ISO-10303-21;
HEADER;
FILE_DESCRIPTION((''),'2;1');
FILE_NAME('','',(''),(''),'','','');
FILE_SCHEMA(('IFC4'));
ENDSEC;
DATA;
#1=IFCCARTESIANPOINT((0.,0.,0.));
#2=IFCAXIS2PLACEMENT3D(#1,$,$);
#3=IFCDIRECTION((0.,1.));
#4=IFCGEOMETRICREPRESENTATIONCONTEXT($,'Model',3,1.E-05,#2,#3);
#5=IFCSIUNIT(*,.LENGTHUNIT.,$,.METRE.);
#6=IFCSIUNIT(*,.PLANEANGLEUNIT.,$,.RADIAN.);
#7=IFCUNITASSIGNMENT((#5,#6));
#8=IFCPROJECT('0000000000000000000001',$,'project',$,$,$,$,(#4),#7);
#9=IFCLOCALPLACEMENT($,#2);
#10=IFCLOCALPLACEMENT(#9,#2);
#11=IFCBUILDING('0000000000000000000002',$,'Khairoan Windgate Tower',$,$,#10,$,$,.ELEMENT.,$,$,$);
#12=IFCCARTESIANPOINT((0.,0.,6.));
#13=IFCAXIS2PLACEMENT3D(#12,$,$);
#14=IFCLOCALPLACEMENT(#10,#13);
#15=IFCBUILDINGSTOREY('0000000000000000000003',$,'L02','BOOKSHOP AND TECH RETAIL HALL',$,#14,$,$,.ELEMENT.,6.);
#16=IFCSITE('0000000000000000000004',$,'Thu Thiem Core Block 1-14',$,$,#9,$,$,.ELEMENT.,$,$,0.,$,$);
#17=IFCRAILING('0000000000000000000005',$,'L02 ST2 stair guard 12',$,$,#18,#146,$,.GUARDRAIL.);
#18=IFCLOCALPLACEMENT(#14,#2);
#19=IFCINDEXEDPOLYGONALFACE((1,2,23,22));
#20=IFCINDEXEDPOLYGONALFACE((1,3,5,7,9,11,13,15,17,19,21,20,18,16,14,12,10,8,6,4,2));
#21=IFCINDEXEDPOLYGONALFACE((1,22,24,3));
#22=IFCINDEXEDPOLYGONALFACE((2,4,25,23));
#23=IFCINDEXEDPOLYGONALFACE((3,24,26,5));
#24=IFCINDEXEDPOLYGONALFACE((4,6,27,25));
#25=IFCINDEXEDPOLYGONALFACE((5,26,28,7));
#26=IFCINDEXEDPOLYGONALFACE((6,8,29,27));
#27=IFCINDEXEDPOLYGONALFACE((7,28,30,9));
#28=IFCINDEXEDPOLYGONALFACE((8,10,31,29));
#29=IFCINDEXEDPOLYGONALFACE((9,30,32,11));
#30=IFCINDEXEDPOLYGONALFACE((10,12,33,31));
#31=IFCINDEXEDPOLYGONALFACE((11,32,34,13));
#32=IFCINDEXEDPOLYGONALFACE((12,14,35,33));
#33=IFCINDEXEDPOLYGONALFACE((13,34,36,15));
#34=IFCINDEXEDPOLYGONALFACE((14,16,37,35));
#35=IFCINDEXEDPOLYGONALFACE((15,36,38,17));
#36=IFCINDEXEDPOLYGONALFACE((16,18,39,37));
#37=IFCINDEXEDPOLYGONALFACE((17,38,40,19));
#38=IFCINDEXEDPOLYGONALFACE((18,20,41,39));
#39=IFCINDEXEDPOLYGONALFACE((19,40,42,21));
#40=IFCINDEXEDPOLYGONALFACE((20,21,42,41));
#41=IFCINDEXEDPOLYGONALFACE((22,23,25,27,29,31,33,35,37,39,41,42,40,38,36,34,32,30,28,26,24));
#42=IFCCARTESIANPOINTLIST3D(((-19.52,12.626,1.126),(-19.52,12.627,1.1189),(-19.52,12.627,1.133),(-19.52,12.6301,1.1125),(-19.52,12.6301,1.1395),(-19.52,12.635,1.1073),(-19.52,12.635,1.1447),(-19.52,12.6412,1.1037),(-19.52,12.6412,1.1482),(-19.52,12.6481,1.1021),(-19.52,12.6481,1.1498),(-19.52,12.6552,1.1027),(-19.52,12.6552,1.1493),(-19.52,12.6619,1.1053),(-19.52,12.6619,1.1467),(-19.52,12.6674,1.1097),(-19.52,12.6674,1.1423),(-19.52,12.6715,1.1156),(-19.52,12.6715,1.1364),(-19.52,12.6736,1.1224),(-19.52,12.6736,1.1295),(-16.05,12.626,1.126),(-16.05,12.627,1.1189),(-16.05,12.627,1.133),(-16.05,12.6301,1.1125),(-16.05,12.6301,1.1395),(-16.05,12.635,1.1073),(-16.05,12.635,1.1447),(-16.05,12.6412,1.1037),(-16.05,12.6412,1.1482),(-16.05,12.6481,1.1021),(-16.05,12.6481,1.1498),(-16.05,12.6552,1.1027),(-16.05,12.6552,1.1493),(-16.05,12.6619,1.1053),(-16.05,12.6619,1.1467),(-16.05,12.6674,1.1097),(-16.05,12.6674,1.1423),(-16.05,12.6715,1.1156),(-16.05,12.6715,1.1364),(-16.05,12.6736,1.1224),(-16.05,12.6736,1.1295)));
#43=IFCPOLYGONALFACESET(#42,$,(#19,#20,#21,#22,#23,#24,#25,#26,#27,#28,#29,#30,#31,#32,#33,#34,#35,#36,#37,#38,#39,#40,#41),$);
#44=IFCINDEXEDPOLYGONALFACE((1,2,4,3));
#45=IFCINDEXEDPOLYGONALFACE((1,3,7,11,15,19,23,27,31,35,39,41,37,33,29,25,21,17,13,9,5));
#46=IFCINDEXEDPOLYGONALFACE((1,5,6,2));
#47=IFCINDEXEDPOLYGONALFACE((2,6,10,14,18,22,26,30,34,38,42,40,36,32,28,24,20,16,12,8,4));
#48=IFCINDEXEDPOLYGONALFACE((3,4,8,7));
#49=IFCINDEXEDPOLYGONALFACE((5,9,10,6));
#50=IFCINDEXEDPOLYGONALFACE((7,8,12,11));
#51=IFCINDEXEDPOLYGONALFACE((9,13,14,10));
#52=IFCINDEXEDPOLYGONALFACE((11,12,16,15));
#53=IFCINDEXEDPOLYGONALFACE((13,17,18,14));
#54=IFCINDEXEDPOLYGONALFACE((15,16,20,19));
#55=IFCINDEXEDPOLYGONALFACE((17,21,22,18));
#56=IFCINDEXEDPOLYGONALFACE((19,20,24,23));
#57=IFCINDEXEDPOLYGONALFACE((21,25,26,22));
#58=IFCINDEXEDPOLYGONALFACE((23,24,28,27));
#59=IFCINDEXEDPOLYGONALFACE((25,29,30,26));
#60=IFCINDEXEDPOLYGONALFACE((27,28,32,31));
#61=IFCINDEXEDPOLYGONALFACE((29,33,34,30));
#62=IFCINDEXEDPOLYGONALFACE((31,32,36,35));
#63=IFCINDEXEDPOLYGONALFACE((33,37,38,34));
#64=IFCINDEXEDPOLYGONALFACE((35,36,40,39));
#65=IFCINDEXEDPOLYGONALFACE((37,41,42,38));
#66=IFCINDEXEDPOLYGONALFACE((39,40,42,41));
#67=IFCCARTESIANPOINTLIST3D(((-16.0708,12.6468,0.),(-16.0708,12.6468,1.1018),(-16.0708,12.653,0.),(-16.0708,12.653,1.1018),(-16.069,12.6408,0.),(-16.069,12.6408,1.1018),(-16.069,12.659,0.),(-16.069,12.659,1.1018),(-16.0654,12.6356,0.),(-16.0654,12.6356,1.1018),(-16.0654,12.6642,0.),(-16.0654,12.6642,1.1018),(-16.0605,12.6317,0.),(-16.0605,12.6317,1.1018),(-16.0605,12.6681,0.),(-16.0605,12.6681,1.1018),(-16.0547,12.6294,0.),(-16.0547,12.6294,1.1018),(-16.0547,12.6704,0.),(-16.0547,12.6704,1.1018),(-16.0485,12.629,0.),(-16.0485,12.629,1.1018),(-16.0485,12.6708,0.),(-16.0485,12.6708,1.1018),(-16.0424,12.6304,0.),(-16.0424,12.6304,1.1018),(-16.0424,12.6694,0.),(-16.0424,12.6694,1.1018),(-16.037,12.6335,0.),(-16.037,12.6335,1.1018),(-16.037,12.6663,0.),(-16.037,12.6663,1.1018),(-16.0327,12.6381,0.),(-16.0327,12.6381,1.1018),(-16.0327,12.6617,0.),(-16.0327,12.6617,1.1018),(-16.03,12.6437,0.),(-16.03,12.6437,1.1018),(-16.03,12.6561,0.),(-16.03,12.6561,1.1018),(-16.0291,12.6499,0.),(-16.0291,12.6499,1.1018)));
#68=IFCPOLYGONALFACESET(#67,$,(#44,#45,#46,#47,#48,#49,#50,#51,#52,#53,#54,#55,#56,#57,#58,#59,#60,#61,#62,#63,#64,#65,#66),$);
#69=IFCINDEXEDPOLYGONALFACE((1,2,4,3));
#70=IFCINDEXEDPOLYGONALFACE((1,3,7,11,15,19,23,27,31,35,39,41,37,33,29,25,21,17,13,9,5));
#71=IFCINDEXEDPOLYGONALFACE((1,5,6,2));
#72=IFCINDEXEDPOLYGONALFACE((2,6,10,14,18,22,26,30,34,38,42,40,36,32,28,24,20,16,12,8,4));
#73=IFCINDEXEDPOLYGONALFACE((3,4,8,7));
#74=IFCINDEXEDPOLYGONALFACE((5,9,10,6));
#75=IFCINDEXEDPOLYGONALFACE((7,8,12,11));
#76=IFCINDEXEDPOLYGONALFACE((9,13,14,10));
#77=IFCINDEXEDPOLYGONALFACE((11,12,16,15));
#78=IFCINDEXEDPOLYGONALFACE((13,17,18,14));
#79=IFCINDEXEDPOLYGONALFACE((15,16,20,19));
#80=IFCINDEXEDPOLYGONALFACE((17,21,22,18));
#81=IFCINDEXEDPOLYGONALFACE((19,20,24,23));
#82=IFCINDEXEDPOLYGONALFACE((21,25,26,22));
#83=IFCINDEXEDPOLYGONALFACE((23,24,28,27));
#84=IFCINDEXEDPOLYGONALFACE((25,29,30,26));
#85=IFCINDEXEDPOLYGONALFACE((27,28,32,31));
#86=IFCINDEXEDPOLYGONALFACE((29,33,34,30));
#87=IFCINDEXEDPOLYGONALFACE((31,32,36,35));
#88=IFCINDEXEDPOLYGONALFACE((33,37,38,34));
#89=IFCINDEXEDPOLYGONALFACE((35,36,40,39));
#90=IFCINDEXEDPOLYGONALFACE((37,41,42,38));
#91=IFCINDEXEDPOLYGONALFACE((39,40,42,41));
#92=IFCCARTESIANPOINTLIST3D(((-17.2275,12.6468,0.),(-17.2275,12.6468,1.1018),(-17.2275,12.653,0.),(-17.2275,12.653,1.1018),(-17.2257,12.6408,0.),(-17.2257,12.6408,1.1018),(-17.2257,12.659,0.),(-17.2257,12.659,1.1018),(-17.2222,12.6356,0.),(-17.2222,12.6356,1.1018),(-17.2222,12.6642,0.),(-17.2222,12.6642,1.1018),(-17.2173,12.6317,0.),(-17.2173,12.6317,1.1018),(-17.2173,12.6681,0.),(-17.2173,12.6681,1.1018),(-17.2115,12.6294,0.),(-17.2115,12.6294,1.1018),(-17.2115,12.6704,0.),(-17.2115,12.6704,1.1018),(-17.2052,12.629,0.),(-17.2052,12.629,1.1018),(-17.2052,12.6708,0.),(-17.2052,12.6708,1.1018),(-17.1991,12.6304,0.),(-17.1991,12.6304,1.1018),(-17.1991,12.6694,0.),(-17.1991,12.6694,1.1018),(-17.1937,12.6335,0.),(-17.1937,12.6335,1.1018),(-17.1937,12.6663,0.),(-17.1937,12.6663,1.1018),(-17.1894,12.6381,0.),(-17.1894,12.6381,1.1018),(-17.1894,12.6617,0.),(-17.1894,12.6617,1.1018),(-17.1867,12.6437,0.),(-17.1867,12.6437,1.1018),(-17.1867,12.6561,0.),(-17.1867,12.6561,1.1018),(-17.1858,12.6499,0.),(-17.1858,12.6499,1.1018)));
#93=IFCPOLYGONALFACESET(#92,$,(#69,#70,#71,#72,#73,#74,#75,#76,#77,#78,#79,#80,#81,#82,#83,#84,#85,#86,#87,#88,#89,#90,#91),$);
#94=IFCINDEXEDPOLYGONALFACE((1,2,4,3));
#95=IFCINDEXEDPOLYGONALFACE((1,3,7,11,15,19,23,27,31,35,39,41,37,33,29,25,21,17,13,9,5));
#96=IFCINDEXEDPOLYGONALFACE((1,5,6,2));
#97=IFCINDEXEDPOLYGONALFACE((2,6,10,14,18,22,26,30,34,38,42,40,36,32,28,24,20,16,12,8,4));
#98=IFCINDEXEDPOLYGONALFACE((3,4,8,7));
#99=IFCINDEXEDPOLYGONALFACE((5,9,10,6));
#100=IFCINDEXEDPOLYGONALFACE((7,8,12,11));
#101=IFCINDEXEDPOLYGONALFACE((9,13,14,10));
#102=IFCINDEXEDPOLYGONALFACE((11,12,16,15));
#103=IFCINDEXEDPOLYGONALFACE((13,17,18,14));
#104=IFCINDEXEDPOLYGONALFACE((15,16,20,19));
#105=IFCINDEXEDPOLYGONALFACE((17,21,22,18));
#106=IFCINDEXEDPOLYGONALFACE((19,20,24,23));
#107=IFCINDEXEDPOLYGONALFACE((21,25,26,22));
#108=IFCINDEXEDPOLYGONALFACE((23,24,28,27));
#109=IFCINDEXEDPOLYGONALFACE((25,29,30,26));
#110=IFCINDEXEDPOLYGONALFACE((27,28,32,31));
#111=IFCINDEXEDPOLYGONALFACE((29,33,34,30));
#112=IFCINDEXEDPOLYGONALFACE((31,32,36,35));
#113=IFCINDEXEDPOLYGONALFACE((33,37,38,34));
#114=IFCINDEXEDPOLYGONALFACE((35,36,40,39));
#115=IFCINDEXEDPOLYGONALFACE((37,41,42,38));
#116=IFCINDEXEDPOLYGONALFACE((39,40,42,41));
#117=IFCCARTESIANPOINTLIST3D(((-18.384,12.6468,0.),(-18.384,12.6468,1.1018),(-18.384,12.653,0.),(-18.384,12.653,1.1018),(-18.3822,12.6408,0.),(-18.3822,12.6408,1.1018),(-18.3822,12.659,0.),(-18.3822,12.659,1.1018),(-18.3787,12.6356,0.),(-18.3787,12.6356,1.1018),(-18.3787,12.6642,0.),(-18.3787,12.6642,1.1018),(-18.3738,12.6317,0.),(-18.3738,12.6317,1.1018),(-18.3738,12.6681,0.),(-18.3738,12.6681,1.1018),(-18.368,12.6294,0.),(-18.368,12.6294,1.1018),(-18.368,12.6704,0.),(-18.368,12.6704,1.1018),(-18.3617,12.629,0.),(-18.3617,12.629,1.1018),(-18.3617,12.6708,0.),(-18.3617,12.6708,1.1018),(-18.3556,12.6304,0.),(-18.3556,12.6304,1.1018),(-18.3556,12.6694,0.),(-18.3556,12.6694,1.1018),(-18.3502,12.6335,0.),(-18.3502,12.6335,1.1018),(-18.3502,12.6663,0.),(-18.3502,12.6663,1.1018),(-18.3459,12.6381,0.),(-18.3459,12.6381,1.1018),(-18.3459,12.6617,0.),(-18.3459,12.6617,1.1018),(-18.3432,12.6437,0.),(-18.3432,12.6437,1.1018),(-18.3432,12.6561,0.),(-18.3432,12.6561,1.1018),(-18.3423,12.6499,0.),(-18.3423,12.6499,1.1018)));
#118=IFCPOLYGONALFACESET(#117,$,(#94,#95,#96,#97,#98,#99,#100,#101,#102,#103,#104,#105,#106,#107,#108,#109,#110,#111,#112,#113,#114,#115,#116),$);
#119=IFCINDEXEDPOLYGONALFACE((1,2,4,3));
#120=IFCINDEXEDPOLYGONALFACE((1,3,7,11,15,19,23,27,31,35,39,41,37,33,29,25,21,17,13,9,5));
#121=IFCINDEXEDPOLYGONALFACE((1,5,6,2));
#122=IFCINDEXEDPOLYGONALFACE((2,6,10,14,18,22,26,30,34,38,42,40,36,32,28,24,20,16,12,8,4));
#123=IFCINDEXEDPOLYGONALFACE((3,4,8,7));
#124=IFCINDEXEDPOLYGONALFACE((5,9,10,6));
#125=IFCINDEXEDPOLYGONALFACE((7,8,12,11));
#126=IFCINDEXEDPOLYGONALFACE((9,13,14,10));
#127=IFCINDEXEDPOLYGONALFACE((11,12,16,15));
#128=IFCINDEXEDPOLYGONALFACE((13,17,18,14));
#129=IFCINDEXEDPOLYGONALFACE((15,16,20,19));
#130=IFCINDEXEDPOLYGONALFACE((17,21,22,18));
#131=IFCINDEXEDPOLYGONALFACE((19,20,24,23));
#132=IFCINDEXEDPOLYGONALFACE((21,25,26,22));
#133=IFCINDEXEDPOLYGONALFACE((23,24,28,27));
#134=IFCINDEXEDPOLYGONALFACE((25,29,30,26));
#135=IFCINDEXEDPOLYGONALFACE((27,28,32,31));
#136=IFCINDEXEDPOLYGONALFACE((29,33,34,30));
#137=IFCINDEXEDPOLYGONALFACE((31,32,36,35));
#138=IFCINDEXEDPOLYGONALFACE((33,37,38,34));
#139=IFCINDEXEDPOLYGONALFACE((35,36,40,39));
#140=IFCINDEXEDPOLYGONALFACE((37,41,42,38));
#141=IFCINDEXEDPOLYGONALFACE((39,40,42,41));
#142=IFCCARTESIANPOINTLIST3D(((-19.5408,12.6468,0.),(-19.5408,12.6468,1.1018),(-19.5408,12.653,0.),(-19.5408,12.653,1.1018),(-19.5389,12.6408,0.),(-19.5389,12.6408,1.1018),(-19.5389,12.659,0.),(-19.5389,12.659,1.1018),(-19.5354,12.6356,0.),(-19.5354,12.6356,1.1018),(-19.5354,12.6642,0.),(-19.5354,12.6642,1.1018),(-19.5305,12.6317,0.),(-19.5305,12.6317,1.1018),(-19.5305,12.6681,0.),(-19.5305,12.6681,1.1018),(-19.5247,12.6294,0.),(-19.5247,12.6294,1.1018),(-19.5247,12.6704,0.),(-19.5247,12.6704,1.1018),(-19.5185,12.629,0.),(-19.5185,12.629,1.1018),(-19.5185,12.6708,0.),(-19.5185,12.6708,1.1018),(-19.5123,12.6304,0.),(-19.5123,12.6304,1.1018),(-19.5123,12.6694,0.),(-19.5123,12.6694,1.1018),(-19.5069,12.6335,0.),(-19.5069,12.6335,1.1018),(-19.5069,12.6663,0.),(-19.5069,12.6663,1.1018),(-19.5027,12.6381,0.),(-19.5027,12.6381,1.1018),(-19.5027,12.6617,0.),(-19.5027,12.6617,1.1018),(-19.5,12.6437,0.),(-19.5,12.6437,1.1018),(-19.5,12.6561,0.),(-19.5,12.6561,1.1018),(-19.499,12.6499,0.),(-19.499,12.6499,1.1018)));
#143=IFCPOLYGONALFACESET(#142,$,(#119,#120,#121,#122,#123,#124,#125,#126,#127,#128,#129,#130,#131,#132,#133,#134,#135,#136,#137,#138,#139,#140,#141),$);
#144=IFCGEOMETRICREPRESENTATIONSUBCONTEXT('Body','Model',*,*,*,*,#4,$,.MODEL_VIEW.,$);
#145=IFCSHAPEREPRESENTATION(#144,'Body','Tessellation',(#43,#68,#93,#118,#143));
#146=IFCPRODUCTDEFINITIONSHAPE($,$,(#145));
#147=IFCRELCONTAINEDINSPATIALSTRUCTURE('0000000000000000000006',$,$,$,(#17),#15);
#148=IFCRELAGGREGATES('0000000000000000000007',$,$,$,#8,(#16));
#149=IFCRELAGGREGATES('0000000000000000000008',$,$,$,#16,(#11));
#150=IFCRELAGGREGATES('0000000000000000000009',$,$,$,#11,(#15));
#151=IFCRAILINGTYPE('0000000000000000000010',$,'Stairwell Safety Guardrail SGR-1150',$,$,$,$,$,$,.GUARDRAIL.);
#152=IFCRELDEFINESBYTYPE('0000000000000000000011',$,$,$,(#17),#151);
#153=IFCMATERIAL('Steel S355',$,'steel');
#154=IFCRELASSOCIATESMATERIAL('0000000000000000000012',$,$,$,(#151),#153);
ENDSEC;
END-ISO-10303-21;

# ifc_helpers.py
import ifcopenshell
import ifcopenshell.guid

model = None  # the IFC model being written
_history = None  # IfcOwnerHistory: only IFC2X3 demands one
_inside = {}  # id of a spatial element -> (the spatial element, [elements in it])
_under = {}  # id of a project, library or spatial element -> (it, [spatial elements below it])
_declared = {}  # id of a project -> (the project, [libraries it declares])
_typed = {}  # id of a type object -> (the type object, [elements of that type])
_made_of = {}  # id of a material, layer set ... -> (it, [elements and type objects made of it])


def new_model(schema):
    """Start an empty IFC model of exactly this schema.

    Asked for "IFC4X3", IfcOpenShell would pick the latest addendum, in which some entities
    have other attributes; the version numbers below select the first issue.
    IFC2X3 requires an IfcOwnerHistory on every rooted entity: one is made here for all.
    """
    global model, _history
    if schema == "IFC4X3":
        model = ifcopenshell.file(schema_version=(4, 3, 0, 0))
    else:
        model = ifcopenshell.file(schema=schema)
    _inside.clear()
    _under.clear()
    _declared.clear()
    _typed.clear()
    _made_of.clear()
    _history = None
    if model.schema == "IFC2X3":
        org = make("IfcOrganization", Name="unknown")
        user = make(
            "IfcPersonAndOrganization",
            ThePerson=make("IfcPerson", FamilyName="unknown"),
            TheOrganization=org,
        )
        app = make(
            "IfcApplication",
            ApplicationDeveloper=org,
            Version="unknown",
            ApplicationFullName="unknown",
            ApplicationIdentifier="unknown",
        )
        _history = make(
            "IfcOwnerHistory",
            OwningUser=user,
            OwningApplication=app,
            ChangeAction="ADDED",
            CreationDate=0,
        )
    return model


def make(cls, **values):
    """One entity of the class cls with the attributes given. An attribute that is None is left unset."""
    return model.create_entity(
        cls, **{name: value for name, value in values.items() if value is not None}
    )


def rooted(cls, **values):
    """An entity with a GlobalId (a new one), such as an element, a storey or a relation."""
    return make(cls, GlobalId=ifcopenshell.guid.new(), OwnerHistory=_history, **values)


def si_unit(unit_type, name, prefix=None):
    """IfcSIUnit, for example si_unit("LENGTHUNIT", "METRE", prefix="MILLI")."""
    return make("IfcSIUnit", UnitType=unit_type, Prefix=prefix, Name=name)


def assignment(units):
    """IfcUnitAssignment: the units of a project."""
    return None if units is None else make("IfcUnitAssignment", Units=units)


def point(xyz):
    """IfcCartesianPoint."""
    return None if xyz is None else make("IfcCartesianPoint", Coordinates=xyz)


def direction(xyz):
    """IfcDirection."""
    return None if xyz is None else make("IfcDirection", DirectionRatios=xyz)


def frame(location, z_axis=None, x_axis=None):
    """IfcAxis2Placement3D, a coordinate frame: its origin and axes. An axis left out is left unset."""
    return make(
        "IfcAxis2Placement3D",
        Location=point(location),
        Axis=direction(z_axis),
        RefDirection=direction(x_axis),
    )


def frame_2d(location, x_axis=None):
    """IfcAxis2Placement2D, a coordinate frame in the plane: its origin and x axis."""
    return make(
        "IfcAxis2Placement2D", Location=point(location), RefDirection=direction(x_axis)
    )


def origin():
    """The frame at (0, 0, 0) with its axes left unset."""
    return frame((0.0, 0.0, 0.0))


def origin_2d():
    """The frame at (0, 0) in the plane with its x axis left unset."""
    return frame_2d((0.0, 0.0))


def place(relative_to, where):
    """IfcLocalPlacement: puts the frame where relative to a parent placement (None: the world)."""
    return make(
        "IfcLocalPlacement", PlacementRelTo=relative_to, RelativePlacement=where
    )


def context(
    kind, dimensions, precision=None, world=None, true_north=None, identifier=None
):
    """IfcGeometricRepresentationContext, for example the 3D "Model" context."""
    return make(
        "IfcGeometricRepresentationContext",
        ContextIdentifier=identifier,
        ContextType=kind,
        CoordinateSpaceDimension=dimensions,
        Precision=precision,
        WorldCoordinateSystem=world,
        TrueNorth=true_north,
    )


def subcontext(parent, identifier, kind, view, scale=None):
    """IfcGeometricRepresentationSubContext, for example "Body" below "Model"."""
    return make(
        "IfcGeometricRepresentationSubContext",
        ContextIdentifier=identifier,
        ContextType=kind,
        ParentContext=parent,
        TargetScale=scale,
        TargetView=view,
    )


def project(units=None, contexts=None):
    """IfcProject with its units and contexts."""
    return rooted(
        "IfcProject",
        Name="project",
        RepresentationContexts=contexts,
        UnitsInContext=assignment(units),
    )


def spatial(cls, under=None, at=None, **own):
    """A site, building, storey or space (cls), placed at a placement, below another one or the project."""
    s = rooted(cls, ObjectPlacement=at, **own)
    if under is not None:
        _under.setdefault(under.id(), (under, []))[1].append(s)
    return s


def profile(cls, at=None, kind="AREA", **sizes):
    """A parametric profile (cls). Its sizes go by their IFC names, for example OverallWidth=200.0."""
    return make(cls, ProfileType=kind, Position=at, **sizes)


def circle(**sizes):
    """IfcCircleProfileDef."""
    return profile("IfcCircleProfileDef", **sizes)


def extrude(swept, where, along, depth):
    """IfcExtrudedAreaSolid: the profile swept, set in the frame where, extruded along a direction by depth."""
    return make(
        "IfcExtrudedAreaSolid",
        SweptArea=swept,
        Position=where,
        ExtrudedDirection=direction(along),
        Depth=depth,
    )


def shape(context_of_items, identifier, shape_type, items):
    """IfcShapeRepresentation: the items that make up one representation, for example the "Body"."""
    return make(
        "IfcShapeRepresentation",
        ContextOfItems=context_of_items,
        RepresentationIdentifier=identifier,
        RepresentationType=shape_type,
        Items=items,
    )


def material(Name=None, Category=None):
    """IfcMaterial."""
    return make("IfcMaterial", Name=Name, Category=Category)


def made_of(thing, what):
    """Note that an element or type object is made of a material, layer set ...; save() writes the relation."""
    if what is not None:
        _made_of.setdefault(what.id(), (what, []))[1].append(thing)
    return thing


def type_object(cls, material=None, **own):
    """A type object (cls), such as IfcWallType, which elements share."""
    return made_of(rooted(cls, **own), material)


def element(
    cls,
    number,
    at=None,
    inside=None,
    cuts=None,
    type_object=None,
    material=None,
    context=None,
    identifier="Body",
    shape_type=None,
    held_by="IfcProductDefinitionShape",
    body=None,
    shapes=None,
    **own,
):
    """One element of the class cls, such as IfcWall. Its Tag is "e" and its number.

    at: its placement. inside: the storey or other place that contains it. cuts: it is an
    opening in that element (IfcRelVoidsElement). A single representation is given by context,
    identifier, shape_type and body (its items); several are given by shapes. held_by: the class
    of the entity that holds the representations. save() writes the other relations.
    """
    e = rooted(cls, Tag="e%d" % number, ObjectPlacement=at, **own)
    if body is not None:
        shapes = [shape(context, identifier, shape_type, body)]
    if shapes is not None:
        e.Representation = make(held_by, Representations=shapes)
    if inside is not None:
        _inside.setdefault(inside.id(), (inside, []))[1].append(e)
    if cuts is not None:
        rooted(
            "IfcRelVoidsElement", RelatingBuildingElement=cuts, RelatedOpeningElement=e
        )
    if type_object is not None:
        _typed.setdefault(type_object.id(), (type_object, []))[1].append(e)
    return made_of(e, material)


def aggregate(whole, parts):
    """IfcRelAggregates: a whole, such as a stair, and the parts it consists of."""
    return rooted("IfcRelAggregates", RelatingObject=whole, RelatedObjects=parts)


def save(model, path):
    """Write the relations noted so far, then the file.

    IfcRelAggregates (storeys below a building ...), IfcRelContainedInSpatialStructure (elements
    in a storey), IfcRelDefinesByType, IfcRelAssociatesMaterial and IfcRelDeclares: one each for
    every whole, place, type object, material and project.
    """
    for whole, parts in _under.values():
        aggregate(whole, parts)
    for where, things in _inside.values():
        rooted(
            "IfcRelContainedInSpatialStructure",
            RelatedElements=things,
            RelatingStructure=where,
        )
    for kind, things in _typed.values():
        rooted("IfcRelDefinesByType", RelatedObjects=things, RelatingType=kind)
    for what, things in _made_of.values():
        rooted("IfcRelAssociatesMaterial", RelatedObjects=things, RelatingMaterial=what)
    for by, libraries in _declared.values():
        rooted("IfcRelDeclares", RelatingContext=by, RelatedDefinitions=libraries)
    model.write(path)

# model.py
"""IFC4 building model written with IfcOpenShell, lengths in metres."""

from ifc_helpers import new_model, si_unit, direction, frame, origin, origin_2d, place, context, subcontext, project, spatial, circle, extrude, material, type_object, element, save


model = new_model("IFC4")

# Units and contexts
model_context = context("Model", 3, precision=1e-05, world=origin(), true_north=direction((0.0, 1.0)))
body_context = subcontext(model_context, "Body", "Model", "MODEL_VIEW")
ifc_project = project(units=[si_unit("LENGTHUNIT", "METRE"), si_unit("PLANEANGLEUNIT", "RADIAN")], contexts=[model_context])

# Site, building, storey
site_placement = place(None, origin())
site = spatial("IfcSite", under=ifc_project, at=site_placement, Name="Thu Thiem Core Block 1-14", CompositionType="ELEMENT", RefElevation=0.0)
building_placement = place(site_placement, origin())
building = spatial("IfcBuilding", under=site, at=building_placement, Name="Khairoan Windgate Tower", CompositionType="ELEMENT")
storey_placement = place(building_placement, frame((0.0, 0.0, 6.0)))
storey = spatial("IfcBuildingStorey", under=building, at=storey_placement, Name="L02", Description="BOOKSHOP AND TECH RETAIL HALL", CompositionType="ELEMENT", Elevation=6.0)

# Railing
ifc_material_1 = material(Name="Steel S355", Category="steel")
railing_type = type_object("IfcRailingType", Name="Stairwell Safety Guardrail SGR-1150", PredefinedType="GUARDRAIL", material=ifc_material_1)
railing_1_placement = place(storey_placement, frame((-16.05, 12.6499, 0.0)))
element("IfcRailing", 1, at=railing_1_placement, inside=storey, type_object=railing_type, Name="L02 ST2 stair guard 12", PredefinedType="GUARDRAIL", context=body_context, shape_type="SweptSolid", body=[
    extrude(circle(Radius=0.0239, at=origin_2d()), frame((0.0, 0.0, 1.126), z_axis=(-1.0, 0.0, 0.0), x_axis=(0.0, -1.0, 0.0)), (0.0, 0.0, 1.0), 3.47),
    extrude(circle(Radius=0.021, at=origin_2d()), origin(), (0.0, 0.0, 1.0), 1.1018),
    extrude(circle(Radius=0.021, at=origin_2d()), frame((-1.1567, 0.0, 0.0)), (0.0, 0.0, 1.0), 1.1018),
    extrude(circle(Radius=0.021, at=origin_2d()), frame((-2.3132, 0.0, 0.0)), (0.0, 0.0, 1.0), 1.1018),
    extrude(circle(Radius=0.021, at=origin_2d()), frame((-3.47, 0.0, 0.0)), (0.0, 0.0, 1.0), 1.1018),
])

save(model, "model.ifc")
